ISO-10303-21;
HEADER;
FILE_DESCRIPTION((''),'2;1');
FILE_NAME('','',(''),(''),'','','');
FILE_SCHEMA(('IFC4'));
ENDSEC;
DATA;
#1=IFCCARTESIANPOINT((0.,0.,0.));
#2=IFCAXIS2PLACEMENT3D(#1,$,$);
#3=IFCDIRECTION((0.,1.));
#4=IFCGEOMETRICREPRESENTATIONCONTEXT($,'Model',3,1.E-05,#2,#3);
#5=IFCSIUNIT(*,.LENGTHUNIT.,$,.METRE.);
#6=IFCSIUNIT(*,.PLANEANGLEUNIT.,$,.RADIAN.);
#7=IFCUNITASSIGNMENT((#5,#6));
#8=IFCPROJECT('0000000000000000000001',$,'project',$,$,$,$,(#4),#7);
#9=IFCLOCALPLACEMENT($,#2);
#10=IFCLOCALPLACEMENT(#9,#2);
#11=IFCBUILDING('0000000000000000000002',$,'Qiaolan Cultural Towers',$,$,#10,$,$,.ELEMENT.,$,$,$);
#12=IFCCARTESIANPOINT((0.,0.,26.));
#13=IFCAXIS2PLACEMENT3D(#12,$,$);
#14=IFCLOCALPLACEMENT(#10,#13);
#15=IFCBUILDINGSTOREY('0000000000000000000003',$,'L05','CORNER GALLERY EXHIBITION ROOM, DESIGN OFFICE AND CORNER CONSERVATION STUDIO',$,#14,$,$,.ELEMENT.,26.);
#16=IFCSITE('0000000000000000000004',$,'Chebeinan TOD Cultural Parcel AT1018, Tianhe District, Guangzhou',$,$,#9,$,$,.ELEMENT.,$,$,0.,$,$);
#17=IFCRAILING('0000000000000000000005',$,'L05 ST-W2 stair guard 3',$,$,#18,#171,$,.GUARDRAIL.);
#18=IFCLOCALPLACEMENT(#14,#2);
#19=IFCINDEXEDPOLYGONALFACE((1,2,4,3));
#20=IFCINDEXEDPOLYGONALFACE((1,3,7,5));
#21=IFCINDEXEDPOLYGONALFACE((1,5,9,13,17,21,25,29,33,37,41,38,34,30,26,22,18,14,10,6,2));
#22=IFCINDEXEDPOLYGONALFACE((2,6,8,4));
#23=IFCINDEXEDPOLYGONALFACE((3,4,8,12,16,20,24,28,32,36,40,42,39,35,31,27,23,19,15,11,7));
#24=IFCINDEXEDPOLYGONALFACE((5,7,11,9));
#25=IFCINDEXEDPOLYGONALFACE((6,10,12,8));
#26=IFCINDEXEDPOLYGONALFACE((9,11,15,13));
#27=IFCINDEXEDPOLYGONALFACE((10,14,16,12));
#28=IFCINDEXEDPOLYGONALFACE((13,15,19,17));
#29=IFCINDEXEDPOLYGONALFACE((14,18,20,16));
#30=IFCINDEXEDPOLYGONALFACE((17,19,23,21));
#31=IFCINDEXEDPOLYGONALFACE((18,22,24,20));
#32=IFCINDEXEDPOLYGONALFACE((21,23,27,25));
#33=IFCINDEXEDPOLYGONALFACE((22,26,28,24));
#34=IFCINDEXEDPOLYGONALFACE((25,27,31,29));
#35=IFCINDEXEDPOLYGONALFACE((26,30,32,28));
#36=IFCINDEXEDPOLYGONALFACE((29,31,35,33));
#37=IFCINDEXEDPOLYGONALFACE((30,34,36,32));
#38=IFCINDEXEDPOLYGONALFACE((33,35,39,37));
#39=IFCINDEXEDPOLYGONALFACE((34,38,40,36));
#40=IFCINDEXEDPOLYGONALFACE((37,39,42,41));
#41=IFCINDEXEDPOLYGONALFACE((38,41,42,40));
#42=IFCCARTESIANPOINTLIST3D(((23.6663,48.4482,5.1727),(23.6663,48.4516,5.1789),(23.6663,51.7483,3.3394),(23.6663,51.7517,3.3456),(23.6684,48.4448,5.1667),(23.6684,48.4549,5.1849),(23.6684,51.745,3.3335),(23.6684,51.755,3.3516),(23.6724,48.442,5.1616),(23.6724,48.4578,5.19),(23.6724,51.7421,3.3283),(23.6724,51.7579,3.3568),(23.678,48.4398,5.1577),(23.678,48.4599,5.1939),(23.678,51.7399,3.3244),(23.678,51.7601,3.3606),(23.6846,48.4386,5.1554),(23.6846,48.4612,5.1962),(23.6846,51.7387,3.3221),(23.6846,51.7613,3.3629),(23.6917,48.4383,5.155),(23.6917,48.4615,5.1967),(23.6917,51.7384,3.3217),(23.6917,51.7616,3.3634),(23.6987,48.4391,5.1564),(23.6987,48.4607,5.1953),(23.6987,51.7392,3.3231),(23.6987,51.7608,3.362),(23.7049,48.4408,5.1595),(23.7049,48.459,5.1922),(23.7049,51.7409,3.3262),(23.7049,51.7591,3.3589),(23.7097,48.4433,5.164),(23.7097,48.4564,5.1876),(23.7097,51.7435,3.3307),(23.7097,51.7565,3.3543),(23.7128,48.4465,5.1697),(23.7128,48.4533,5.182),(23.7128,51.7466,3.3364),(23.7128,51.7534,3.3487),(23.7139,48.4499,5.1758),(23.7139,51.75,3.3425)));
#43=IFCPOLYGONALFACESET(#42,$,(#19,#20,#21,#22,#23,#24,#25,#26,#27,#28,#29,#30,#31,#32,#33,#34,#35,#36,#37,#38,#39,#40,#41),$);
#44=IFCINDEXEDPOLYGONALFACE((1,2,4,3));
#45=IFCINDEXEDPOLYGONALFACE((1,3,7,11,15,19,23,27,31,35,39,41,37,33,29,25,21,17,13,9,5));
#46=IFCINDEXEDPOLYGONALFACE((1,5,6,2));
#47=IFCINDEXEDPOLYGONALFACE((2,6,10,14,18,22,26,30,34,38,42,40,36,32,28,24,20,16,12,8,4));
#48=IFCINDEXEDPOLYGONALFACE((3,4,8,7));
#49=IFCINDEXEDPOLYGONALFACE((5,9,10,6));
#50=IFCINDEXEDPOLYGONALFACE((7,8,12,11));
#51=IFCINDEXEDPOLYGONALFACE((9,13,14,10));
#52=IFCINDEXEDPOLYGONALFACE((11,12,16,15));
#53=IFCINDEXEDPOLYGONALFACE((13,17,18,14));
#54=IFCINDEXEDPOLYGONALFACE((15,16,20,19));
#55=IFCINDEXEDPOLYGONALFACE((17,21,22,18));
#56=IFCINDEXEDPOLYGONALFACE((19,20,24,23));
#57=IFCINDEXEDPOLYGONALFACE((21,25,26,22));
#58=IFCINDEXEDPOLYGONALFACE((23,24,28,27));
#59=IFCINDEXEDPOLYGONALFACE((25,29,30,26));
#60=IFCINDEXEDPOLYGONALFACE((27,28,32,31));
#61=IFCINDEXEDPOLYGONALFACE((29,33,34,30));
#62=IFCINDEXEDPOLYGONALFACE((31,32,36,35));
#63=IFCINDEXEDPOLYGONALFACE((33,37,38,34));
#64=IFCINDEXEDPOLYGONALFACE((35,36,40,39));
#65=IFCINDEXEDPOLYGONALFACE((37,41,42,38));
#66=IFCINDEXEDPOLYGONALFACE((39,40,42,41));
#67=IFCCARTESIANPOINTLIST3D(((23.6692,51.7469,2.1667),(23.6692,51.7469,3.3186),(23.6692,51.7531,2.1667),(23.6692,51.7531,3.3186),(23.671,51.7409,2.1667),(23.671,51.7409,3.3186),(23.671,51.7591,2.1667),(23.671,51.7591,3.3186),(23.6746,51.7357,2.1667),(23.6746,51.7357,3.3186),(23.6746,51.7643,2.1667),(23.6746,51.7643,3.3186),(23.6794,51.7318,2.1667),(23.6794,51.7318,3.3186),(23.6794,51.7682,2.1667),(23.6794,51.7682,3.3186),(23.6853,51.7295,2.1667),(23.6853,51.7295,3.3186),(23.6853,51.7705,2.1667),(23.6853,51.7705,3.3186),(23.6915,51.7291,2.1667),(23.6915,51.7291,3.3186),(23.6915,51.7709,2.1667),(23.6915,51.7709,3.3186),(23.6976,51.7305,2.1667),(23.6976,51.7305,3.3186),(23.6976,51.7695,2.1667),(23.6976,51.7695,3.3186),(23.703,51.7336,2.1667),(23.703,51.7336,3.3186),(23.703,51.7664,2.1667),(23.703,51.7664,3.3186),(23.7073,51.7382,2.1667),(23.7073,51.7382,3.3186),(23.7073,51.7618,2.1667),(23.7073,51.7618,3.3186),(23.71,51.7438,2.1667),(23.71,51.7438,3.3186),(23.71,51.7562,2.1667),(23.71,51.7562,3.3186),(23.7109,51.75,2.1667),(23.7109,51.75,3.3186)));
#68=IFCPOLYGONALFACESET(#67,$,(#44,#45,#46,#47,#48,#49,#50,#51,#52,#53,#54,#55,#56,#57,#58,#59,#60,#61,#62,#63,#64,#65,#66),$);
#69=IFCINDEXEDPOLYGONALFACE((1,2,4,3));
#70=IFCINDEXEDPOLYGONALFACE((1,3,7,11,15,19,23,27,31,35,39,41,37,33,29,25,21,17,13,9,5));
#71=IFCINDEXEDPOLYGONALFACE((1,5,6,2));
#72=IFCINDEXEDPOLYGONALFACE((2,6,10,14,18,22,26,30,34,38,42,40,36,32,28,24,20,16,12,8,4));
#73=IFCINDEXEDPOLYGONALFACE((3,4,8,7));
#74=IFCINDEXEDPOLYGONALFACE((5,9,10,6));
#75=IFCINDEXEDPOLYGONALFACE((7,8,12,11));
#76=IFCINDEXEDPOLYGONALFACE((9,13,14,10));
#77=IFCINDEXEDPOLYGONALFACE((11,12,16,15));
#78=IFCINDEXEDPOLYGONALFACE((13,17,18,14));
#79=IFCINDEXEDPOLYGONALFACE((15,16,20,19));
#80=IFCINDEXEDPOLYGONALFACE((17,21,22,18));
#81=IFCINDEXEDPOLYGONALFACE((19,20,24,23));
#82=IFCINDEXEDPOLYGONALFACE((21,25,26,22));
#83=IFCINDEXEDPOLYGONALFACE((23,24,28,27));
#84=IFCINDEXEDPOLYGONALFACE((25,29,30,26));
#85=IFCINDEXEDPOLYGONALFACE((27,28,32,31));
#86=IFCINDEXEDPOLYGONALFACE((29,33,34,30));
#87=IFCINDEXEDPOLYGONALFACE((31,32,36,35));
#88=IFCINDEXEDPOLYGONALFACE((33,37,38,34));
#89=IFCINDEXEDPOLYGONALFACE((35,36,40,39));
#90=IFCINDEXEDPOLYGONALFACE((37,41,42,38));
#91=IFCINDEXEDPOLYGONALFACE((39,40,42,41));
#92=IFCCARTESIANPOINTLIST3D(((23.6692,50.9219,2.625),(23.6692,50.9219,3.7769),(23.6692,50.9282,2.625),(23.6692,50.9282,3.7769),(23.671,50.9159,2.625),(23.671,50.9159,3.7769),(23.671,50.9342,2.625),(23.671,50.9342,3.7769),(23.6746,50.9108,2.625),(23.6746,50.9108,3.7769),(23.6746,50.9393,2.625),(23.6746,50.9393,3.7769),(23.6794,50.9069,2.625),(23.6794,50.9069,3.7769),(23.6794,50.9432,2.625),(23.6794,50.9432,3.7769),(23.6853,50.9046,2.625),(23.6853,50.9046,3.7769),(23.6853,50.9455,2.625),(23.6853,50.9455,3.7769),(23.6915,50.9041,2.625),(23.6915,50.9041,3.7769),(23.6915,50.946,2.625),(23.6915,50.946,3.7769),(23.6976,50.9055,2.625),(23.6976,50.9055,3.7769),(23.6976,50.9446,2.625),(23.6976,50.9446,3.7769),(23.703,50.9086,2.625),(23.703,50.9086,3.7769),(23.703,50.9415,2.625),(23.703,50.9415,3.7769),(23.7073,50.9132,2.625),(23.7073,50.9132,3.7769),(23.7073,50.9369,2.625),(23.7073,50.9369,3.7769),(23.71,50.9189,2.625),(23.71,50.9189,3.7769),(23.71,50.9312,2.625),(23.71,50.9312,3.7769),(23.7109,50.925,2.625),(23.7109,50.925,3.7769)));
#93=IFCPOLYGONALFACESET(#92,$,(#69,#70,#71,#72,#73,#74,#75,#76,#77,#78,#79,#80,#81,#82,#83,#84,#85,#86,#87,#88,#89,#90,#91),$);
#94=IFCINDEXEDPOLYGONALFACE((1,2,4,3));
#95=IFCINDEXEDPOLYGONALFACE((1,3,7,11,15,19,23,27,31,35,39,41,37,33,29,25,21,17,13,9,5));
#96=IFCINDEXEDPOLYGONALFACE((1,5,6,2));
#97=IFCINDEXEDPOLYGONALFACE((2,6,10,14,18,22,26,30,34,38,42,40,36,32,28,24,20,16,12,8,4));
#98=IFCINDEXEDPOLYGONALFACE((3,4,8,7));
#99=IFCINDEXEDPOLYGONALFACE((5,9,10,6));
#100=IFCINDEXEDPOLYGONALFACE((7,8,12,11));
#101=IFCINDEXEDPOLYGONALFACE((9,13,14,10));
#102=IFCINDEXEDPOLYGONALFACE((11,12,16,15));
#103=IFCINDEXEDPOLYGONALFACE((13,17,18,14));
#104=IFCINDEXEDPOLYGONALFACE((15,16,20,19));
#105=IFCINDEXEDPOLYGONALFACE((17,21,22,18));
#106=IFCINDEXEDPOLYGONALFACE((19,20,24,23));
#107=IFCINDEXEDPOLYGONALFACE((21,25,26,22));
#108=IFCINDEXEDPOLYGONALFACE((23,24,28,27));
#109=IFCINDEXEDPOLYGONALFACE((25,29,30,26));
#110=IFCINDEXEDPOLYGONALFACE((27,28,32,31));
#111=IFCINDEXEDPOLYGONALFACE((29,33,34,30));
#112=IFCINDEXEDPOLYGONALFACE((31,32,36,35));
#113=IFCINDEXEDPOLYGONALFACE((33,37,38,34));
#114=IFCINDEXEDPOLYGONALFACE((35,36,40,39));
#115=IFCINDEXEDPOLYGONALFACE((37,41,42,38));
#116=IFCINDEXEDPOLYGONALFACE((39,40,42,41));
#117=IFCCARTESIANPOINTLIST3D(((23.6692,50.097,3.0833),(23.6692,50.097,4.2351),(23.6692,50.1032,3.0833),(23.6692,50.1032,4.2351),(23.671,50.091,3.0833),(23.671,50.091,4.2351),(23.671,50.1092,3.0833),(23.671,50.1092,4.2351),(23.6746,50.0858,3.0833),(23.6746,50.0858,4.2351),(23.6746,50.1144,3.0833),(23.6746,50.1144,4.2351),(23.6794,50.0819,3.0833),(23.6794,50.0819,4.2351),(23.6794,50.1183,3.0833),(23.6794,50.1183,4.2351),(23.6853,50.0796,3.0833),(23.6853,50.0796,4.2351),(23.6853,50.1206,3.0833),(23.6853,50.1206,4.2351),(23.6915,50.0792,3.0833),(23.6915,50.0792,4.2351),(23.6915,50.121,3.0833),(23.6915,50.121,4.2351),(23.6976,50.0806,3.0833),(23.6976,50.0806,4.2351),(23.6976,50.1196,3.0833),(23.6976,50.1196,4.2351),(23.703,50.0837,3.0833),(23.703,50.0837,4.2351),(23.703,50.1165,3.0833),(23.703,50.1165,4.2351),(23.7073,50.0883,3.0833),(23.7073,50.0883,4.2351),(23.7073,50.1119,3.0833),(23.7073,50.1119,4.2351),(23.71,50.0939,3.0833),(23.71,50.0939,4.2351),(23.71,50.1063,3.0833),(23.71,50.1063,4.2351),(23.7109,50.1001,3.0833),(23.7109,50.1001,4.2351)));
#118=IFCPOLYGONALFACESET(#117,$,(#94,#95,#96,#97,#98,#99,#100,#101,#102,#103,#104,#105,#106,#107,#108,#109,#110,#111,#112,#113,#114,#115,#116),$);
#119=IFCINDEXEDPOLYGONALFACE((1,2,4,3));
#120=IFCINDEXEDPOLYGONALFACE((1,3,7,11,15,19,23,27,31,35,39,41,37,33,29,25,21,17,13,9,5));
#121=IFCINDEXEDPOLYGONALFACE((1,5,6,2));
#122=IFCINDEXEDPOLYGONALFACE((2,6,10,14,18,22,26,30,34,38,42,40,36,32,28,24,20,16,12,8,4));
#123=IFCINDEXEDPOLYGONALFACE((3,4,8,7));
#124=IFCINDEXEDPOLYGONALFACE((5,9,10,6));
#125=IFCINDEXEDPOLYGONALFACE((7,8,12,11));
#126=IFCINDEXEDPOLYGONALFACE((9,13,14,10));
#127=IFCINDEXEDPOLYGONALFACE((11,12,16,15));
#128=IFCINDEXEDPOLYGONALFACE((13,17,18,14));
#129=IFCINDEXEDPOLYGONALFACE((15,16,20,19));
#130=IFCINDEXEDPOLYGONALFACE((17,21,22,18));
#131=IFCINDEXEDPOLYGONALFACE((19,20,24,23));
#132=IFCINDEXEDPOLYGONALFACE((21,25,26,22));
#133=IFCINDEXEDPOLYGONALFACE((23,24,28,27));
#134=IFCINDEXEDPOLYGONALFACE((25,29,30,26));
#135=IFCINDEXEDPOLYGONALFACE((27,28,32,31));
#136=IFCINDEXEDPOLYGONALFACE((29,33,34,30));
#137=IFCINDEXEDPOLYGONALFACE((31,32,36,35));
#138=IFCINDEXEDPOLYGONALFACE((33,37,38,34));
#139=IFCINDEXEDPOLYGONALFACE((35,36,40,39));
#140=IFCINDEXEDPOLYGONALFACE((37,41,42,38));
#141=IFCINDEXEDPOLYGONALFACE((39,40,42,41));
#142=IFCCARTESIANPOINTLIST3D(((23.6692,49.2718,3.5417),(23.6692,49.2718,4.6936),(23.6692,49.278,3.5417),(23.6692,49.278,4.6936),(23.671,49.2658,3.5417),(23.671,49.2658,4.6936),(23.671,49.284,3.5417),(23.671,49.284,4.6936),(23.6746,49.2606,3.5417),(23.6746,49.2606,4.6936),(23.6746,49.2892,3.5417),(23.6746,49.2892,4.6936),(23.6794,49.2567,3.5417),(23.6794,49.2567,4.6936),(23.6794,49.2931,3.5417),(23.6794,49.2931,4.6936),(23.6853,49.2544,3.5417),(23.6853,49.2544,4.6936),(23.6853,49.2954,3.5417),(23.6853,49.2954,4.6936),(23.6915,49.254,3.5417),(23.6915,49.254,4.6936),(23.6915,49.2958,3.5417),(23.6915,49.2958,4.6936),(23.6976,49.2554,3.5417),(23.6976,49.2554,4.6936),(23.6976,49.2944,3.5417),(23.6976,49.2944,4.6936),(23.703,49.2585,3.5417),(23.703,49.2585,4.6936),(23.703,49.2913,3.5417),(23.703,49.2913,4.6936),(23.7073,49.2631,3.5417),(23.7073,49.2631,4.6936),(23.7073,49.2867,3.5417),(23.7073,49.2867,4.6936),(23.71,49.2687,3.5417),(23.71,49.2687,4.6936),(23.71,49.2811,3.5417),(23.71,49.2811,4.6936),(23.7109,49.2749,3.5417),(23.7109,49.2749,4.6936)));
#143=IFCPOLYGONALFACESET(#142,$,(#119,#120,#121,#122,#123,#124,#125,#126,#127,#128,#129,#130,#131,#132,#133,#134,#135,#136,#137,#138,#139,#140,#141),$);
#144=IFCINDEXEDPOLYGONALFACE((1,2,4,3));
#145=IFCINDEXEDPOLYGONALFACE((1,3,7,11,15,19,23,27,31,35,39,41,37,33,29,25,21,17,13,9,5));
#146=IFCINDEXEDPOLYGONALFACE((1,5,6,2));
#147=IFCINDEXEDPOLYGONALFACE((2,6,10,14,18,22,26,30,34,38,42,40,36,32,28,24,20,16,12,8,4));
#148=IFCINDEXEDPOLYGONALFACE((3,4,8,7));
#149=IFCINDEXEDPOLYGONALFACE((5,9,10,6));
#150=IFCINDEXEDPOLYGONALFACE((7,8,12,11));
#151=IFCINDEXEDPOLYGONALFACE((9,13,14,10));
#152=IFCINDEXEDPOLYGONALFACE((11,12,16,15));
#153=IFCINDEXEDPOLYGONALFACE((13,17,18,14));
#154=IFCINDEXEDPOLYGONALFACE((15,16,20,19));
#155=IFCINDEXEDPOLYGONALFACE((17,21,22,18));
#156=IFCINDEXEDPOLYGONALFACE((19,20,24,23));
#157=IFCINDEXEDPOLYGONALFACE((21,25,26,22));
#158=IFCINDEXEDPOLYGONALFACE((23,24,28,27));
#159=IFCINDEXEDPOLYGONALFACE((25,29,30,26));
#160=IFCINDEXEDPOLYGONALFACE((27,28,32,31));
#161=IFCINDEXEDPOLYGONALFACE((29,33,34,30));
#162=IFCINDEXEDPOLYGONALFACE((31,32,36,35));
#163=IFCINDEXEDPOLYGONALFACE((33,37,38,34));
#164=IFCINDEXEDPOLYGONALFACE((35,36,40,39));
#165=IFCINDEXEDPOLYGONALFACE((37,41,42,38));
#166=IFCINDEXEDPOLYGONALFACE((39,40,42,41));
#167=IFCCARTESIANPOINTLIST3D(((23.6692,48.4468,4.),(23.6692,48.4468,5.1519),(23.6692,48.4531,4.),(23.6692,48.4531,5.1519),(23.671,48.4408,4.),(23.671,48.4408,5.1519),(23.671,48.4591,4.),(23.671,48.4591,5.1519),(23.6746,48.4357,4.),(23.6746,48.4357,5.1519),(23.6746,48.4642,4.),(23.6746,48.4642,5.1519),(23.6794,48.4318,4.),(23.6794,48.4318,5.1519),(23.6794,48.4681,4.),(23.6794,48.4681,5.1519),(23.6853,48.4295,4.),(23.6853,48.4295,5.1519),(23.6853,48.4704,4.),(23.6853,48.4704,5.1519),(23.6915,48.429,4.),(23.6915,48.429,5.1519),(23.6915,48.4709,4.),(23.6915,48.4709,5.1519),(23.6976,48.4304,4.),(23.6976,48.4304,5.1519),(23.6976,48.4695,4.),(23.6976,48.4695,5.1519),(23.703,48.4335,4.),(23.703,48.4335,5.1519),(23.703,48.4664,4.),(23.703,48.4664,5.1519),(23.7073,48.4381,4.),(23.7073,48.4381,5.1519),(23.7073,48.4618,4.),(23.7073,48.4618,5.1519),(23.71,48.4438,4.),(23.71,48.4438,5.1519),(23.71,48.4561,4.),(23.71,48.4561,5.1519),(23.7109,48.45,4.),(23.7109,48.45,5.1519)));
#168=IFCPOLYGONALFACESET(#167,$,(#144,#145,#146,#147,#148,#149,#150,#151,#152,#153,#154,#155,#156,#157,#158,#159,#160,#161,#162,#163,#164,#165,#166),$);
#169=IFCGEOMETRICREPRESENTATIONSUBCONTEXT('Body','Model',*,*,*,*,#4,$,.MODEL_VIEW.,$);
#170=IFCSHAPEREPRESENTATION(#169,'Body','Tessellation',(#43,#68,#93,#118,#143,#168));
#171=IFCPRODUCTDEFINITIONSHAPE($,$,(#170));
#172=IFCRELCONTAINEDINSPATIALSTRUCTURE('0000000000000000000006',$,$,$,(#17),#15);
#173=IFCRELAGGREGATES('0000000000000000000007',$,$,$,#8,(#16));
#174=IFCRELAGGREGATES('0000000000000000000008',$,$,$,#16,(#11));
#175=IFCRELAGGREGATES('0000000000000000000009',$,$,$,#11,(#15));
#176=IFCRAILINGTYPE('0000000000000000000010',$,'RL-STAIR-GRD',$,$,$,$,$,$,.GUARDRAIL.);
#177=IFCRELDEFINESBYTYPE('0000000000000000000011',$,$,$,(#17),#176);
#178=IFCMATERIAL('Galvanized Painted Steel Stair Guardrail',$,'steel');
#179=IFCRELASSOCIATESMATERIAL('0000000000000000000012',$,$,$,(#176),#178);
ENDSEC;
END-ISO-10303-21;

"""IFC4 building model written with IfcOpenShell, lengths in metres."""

from ifc_helpers import new_model, si_unit, direction, frame, origin, origin_2d, place, context, subcontext, project, spatial, circle, extrude, material, type_object, element, save


model = new_model("IFC4")

# Units and contexts
model_context = context("Model", 3, precision=1e-05, world=origin(), true_north=direction((0.0, 1.0)))
body_context = subcontext(model_context, "Body", "Model", "MODEL_VIEW")
ifc_project = project(units=[si_unit("LENGTHUNIT", "METRE"), si_unit("PLANEANGLEUNIT", "RADIAN")], contexts=[model_context])

# Site, building, storey
site_placement = place(None, origin())
site = spatial("IfcSite", under=ifc_project, at=site_placement, Name="Chebeinan TOD Cultural Parcel AT1018, Tianhe District, Guangzhou", CompositionType="ELEMENT", RefElevation=0.0)
building_placement = place(site_placement, origin())
building = spatial("IfcBuilding", under=site, at=building_placement, Name="Qiaolan Cultural Towers", CompositionType="ELEMENT")
storey_placement = place(building_placement, frame((0.0, 0.0, 26.0)))
storey = spatial("IfcBuildingStorey", under=building, at=storey_placement, Name="L05", Description="CORNER GALLERY EXHIBITION ROOM, DESIGN OFFICE AND CORNER CONSERVATION STUDIO", CompositionType="ELEMENT", Elevation=26.0)

# Railing
ifc_material_1 = material(Name="Galvanized Painted Steel Stair Guardrail", Category="steel")
railing_type_1 = type_object("IfcRailingType", Name="RL-STAIR-GRD", PredefinedType="GUARDRAIL", material=ifc_material_1)
railing_1_placement = place(storey_placement, frame((23.6899, 51.75, 2.1667)))
element("IfcRailing", 1, at=railing_1_placement, inside=storey, type_object=railing_type_1, Name="L05 ST-W2 stair guard 3", PredefinedType="GUARDRAIL", context=body_context, shape_type="SweptSolid", body=[
    extrude(circle(Radius=0.0239, at=origin_2d()), frame((0.0, 0.0, 1.1758), z_axis=(0.0, -0.874169, 0.485621), x_axis=(1.0, 0.0, 0.0)), (0.0, 0.0, 1.0), 3.7751),
    extrude(circle(Radius=0.021, at=origin_2d()), origin(), (0.0, 0.0, 1.0), 1.1519),
    extrude(circle(Radius=0.021, at=origin_2d()), frame((0.0, -0.825, 0.4583)), (0.0, 0.0, 1.0), 1.1519),
    extrude(circle(Radius=0.021, at=origin_2d()), frame((0.0, -1.6499, 0.9165)), (0.0, 0.0, 1.0), 1.1519),
    extrude(circle(Radius=0.021, at=origin_2d()), frame((0.0, -2.4751, 1.375)), (0.0, 0.0, 1.0), 1.1519),
    extrude(circle(Radius=0.021, at=origin_2d()), frame((0.0, -3.3, 1.8333)), (0.0, 0.0, 1.0), 1.1519),
])

save(model, "model.ifc")
